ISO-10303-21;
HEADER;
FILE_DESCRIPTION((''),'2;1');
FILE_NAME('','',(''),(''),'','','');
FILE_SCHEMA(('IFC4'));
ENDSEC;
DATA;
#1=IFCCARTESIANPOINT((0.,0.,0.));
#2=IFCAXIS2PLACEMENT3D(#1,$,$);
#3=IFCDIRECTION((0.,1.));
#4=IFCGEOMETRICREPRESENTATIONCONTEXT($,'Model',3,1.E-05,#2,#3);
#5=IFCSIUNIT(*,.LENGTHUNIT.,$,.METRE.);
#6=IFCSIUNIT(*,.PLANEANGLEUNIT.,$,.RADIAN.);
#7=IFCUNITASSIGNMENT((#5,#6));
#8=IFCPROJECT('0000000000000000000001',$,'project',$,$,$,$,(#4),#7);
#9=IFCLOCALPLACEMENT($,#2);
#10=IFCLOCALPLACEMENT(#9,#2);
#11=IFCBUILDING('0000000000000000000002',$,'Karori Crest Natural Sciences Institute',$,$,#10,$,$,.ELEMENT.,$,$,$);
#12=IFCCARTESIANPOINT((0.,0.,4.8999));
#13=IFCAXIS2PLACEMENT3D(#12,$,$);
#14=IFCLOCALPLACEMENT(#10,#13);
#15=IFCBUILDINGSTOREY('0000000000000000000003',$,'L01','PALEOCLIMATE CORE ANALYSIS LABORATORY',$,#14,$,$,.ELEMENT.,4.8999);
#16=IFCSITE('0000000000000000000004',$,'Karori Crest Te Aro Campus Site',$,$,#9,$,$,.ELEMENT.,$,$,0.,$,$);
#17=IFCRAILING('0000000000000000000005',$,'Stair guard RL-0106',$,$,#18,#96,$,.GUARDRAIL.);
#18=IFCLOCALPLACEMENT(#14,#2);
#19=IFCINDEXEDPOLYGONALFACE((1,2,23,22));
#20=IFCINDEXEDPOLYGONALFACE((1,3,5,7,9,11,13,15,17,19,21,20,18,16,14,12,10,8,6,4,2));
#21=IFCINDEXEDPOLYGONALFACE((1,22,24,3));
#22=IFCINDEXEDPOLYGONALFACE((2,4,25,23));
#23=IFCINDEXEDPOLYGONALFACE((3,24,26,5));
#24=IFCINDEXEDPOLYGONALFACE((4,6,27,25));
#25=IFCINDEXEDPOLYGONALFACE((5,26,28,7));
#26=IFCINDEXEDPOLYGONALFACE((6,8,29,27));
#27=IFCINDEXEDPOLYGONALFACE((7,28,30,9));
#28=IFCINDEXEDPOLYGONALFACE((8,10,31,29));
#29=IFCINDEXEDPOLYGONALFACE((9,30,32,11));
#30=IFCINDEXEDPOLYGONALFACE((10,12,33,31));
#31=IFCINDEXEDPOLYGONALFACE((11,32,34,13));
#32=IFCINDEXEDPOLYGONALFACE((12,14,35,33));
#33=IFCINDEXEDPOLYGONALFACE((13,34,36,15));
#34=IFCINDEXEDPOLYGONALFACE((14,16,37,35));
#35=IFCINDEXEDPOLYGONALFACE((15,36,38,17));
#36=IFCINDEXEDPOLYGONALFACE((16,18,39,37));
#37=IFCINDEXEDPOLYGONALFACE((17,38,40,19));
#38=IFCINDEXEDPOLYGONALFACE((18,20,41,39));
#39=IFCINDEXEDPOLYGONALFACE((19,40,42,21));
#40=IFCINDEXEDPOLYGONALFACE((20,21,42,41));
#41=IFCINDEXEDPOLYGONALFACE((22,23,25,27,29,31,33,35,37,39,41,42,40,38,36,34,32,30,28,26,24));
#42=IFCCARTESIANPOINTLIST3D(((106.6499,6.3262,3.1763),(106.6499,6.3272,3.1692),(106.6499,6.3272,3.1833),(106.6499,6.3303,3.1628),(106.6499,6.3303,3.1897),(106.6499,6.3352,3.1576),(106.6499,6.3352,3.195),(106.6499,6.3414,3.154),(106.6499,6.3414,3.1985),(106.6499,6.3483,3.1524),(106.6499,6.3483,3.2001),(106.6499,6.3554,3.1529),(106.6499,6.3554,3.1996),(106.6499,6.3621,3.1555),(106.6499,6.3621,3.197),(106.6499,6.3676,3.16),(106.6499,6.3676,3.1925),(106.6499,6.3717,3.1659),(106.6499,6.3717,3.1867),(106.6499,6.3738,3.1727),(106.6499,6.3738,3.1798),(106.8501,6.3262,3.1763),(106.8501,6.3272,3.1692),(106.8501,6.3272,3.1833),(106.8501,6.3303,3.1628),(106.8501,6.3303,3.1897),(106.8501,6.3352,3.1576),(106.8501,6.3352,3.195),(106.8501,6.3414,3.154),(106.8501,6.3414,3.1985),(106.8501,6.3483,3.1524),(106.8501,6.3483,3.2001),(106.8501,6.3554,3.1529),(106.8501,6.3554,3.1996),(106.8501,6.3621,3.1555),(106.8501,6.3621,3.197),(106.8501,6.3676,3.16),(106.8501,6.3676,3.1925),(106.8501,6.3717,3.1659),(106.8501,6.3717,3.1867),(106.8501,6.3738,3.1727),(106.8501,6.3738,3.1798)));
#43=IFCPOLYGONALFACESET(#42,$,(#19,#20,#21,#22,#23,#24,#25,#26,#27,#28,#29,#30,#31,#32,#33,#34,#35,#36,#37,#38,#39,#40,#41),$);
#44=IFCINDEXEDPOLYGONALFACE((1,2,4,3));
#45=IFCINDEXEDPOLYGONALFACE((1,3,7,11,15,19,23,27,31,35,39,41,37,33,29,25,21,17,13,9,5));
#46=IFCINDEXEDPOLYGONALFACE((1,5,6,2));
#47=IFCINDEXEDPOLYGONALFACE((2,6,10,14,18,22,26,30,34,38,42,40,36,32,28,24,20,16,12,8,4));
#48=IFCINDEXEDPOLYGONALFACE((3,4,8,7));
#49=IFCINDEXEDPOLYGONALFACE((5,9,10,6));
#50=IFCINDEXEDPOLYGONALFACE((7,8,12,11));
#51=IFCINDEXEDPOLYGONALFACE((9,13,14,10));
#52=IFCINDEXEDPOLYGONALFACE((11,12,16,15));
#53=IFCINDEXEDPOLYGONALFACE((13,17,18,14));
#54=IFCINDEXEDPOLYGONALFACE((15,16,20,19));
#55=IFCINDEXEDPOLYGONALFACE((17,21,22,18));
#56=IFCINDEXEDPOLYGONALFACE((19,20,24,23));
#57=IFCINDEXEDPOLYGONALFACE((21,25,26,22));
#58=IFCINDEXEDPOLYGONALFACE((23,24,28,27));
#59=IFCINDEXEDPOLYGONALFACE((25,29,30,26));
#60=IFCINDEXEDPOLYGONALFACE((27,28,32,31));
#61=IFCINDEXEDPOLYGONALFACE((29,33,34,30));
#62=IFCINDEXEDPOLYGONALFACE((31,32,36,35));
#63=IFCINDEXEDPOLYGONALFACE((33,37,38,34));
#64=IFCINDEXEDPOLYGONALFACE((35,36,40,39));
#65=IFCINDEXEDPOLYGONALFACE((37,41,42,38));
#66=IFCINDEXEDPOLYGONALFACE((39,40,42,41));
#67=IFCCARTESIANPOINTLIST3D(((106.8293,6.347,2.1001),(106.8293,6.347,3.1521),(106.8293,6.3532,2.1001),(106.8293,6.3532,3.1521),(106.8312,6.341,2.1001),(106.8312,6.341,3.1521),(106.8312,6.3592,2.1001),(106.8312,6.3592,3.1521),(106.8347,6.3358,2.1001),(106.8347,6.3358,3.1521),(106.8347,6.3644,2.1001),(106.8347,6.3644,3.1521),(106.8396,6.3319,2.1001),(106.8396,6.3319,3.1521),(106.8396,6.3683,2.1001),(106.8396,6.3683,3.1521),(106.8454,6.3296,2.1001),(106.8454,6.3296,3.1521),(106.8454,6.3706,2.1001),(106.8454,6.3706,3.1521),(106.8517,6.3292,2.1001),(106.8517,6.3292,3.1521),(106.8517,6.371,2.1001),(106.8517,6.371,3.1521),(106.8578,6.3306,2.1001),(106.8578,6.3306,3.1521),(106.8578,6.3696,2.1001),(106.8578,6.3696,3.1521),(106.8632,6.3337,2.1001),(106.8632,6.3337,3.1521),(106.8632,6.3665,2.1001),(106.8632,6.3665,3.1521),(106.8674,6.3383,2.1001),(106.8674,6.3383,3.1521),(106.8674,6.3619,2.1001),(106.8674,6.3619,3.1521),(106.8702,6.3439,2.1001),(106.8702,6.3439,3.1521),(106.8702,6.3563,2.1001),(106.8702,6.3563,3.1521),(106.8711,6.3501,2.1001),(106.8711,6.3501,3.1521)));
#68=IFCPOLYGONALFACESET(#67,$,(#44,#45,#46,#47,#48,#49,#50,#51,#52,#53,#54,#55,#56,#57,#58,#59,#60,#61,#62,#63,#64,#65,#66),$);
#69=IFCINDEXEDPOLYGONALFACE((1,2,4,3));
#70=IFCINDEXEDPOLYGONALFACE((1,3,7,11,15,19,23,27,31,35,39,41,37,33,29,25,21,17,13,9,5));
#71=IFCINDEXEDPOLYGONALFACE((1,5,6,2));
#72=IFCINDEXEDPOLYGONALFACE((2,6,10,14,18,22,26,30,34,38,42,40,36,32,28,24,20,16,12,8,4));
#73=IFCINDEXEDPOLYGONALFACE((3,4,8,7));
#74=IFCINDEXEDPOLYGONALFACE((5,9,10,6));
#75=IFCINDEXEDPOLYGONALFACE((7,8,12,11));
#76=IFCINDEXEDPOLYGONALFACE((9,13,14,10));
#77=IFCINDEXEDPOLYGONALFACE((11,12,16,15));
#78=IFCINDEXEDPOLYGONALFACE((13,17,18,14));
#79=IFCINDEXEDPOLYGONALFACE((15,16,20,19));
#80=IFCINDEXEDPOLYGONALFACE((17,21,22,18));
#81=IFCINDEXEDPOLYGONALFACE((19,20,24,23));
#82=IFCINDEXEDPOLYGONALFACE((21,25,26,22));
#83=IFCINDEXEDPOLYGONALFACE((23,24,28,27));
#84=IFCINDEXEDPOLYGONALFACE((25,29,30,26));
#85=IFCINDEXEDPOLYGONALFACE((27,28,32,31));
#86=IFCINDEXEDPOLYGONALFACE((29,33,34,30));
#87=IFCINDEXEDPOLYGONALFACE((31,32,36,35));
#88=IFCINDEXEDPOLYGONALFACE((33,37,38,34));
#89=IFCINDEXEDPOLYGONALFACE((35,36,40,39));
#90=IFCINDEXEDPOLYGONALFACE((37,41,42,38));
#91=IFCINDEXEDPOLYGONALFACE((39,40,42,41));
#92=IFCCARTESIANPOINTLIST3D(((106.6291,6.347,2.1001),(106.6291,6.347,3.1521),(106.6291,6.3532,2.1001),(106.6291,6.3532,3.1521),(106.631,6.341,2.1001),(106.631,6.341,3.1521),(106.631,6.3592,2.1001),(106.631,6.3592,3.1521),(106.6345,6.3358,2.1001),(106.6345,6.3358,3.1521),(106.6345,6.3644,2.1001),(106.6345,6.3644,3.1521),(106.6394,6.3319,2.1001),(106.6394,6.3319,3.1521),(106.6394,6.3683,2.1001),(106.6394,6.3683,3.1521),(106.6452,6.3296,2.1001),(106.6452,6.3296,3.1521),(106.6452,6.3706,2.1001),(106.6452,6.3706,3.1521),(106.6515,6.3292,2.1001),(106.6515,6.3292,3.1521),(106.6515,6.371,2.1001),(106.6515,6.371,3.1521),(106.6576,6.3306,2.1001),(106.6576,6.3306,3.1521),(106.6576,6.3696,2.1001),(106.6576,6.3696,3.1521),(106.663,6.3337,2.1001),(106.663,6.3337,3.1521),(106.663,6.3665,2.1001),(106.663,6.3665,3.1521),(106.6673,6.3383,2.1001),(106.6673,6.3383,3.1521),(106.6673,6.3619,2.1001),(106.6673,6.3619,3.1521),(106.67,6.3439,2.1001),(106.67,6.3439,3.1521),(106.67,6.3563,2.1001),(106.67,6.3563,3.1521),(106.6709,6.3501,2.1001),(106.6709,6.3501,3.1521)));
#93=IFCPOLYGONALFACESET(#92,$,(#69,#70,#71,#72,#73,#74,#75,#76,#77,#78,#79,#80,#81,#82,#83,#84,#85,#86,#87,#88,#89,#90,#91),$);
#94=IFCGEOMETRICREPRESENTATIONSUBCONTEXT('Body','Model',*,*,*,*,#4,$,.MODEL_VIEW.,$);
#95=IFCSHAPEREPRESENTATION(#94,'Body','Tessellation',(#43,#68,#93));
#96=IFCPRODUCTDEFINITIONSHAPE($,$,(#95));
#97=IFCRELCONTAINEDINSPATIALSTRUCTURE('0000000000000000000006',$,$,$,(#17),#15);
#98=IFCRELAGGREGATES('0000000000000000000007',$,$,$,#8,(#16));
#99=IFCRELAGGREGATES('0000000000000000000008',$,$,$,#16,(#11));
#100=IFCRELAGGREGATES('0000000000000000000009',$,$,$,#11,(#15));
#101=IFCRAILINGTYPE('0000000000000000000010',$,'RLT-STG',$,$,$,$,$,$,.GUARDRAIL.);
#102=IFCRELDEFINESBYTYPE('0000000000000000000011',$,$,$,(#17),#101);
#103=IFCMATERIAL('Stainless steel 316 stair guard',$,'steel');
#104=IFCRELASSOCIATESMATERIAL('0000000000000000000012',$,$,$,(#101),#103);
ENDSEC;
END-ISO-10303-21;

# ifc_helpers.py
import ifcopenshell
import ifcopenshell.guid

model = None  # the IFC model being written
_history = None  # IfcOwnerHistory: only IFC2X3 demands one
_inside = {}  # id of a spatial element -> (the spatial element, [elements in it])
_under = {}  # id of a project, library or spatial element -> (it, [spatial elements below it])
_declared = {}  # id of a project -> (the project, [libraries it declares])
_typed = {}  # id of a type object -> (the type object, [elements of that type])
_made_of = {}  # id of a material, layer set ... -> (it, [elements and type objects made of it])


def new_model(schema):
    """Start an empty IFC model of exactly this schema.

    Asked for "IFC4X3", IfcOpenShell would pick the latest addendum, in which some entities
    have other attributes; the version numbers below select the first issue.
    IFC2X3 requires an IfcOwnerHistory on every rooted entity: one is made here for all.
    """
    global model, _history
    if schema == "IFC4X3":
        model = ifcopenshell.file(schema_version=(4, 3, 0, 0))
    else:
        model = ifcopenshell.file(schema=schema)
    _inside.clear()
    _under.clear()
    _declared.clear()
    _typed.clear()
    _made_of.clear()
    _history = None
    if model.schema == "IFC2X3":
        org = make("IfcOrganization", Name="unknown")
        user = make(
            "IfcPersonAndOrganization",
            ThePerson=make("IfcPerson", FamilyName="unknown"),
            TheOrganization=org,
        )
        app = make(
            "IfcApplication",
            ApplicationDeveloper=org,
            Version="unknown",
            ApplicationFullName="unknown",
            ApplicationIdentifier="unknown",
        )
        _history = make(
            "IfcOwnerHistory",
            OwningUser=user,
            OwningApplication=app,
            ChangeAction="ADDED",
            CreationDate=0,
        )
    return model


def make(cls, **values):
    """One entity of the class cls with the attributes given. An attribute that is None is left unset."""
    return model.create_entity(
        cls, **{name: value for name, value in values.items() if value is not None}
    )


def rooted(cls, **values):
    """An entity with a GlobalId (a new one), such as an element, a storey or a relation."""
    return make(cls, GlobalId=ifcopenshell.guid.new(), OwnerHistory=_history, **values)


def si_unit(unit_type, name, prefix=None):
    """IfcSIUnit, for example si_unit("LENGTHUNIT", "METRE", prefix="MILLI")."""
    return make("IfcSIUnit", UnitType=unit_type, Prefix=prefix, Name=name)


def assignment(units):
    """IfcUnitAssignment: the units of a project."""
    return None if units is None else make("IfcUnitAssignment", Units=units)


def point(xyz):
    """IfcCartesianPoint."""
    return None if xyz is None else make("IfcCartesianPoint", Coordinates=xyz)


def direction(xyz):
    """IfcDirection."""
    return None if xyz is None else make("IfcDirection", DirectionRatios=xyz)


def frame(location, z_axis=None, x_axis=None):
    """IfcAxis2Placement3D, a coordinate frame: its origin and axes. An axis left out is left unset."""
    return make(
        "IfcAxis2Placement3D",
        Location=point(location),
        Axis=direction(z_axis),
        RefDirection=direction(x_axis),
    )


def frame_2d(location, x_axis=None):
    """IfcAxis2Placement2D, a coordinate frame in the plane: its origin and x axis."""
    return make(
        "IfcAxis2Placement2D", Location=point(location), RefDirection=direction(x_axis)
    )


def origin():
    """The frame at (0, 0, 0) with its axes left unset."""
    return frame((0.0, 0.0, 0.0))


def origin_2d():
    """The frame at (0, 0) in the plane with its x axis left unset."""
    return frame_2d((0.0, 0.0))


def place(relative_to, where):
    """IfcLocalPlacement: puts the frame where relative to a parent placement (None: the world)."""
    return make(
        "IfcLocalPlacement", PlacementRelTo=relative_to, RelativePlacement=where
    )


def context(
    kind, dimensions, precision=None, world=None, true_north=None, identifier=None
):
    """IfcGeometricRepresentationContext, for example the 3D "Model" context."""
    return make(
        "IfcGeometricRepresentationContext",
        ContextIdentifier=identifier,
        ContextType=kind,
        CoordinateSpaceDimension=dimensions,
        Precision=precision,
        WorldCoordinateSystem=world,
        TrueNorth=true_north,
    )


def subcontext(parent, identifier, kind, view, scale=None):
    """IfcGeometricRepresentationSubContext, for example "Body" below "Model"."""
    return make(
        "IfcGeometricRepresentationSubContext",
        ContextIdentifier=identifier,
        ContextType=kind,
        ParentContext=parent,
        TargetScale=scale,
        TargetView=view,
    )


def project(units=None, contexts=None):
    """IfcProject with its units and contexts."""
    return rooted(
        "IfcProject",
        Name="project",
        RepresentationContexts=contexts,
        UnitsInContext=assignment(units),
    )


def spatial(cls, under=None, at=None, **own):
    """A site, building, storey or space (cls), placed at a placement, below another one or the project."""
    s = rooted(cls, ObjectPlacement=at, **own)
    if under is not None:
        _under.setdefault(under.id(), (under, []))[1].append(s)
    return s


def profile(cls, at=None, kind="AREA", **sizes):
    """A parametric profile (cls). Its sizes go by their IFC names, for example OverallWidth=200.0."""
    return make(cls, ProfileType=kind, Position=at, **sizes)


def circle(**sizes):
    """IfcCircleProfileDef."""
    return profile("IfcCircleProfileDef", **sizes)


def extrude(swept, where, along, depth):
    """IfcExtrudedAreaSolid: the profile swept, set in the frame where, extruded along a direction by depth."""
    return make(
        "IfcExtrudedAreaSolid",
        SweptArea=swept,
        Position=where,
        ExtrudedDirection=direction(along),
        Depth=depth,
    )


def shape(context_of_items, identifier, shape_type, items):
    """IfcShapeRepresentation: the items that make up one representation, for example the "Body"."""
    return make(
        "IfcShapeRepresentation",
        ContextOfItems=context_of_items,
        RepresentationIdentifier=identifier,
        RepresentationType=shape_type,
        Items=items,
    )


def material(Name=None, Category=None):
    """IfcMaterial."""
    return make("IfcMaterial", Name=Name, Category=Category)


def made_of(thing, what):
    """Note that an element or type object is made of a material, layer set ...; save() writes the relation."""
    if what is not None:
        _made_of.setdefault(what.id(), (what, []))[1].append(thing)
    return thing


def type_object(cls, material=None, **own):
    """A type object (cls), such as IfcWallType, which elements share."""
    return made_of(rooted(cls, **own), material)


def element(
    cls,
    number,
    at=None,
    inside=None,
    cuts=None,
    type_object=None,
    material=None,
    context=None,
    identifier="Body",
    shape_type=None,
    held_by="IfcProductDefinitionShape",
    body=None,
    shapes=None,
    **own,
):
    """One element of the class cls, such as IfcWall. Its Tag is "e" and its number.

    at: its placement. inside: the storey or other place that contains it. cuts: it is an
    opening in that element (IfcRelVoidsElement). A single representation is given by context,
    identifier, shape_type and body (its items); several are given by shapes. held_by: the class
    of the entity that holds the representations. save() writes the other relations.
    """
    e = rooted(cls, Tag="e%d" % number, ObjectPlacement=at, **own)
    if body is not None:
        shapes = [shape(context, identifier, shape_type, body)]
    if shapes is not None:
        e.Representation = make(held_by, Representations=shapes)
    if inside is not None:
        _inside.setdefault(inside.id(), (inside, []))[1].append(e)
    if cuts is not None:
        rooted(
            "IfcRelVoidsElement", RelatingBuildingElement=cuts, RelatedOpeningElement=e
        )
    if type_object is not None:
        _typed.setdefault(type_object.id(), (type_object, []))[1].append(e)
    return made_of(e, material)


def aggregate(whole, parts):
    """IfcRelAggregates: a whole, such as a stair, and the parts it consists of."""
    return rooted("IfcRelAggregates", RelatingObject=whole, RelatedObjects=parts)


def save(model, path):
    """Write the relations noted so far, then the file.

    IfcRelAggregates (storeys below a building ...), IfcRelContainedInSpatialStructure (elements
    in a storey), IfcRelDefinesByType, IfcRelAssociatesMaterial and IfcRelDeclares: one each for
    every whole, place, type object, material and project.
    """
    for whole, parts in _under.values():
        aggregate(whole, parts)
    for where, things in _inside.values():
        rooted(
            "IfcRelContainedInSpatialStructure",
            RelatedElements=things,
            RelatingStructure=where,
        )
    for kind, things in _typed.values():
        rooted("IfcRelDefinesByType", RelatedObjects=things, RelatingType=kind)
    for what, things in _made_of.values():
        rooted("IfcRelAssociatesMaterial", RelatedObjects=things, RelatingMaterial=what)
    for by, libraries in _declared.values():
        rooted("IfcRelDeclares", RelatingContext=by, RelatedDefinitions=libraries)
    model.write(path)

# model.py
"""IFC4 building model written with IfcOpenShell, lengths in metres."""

from ifc_helpers import new_model, si_unit, direction, frame, origin, origin_2d, place, context, subcontext, project, spatial, circle, extrude, material, type_object, element, save


model = new_model("IFC4")

# Units and contexts
model_context = context("Model", 3, precision=1e-05, world=origin(), true_north=direction((0.0, 1.0)))
body_context = subcontext(model_context, "Body", "Model", "MODEL_VIEW")
ifc_project = project(units=[si_unit("LENGTHUNIT", "METRE"), si_unit("PLANEANGLEUNIT", "RADIAN")], contexts=[model_context])

# Site, building, storey
site_placement = place(None, origin())
site = spatial("IfcSite", under=ifc_project, at=site_placement, Name="Karori Crest Te Aro Campus Site", CompositionType="ELEMENT", RefElevation=0.0)
building_placement = place(site_placement, origin())
building = spatial("IfcBuilding", under=site, at=building_placement, Name="Karori Crest Natural Sciences Institute", CompositionType="ELEMENT")
storey_placement = place(building_placement, frame((0.0, 0.0, 4.8999)))
storey = spatial("IfcBuildingStorey", under=building, at=storey_placement, Name="L01", Description="PALEOCLIMATE CORE ANALYSIS LABORATORY", CompositionType="ELEMENT", Elevation=4.8999)

# Railing
ifc_material_1 = material(Name="Stainless steel 316 stair guard", Category="steel")
railing_type_1 = type_object("IfcRailingType", Name="RLT-STG", PredefinedType="GUARDRAIL", material=ifc_material_1)
railing_1_placement = place(storey_placement, frame((106.8501, 6.3501, 2.1001)))
element("IfcRailing", 1, at=railing_1_placement, inside=storey, type_object=railing_type_1, Name="Stair guard RL-0106", PredefinedType="GUARDRAIL", context=body_context, shape_type="SweptSolid", body=[
    extrude(circle(Radius=0.0239, at=origin_2d()), frame((0.0, 0.0, 1.0762), z_axis=(-1.0, 0.0, 0.0), x_axis=(0.0, -1.0, 0.0)), (0.0, 0.0, 1.0), 0.2002),
    extrude(circle(Radius=0.021, at=origin_2d()), origin(), (0.0, 0.0, 1.0), 1.052),
    extrude(circle(Radius=0.021, at=origin_2d()), frame((-0.2002, 0.0, 0.0)), (0.0, 0.0, 1.0), 1.052),
])

save(model, "model.ifc")
